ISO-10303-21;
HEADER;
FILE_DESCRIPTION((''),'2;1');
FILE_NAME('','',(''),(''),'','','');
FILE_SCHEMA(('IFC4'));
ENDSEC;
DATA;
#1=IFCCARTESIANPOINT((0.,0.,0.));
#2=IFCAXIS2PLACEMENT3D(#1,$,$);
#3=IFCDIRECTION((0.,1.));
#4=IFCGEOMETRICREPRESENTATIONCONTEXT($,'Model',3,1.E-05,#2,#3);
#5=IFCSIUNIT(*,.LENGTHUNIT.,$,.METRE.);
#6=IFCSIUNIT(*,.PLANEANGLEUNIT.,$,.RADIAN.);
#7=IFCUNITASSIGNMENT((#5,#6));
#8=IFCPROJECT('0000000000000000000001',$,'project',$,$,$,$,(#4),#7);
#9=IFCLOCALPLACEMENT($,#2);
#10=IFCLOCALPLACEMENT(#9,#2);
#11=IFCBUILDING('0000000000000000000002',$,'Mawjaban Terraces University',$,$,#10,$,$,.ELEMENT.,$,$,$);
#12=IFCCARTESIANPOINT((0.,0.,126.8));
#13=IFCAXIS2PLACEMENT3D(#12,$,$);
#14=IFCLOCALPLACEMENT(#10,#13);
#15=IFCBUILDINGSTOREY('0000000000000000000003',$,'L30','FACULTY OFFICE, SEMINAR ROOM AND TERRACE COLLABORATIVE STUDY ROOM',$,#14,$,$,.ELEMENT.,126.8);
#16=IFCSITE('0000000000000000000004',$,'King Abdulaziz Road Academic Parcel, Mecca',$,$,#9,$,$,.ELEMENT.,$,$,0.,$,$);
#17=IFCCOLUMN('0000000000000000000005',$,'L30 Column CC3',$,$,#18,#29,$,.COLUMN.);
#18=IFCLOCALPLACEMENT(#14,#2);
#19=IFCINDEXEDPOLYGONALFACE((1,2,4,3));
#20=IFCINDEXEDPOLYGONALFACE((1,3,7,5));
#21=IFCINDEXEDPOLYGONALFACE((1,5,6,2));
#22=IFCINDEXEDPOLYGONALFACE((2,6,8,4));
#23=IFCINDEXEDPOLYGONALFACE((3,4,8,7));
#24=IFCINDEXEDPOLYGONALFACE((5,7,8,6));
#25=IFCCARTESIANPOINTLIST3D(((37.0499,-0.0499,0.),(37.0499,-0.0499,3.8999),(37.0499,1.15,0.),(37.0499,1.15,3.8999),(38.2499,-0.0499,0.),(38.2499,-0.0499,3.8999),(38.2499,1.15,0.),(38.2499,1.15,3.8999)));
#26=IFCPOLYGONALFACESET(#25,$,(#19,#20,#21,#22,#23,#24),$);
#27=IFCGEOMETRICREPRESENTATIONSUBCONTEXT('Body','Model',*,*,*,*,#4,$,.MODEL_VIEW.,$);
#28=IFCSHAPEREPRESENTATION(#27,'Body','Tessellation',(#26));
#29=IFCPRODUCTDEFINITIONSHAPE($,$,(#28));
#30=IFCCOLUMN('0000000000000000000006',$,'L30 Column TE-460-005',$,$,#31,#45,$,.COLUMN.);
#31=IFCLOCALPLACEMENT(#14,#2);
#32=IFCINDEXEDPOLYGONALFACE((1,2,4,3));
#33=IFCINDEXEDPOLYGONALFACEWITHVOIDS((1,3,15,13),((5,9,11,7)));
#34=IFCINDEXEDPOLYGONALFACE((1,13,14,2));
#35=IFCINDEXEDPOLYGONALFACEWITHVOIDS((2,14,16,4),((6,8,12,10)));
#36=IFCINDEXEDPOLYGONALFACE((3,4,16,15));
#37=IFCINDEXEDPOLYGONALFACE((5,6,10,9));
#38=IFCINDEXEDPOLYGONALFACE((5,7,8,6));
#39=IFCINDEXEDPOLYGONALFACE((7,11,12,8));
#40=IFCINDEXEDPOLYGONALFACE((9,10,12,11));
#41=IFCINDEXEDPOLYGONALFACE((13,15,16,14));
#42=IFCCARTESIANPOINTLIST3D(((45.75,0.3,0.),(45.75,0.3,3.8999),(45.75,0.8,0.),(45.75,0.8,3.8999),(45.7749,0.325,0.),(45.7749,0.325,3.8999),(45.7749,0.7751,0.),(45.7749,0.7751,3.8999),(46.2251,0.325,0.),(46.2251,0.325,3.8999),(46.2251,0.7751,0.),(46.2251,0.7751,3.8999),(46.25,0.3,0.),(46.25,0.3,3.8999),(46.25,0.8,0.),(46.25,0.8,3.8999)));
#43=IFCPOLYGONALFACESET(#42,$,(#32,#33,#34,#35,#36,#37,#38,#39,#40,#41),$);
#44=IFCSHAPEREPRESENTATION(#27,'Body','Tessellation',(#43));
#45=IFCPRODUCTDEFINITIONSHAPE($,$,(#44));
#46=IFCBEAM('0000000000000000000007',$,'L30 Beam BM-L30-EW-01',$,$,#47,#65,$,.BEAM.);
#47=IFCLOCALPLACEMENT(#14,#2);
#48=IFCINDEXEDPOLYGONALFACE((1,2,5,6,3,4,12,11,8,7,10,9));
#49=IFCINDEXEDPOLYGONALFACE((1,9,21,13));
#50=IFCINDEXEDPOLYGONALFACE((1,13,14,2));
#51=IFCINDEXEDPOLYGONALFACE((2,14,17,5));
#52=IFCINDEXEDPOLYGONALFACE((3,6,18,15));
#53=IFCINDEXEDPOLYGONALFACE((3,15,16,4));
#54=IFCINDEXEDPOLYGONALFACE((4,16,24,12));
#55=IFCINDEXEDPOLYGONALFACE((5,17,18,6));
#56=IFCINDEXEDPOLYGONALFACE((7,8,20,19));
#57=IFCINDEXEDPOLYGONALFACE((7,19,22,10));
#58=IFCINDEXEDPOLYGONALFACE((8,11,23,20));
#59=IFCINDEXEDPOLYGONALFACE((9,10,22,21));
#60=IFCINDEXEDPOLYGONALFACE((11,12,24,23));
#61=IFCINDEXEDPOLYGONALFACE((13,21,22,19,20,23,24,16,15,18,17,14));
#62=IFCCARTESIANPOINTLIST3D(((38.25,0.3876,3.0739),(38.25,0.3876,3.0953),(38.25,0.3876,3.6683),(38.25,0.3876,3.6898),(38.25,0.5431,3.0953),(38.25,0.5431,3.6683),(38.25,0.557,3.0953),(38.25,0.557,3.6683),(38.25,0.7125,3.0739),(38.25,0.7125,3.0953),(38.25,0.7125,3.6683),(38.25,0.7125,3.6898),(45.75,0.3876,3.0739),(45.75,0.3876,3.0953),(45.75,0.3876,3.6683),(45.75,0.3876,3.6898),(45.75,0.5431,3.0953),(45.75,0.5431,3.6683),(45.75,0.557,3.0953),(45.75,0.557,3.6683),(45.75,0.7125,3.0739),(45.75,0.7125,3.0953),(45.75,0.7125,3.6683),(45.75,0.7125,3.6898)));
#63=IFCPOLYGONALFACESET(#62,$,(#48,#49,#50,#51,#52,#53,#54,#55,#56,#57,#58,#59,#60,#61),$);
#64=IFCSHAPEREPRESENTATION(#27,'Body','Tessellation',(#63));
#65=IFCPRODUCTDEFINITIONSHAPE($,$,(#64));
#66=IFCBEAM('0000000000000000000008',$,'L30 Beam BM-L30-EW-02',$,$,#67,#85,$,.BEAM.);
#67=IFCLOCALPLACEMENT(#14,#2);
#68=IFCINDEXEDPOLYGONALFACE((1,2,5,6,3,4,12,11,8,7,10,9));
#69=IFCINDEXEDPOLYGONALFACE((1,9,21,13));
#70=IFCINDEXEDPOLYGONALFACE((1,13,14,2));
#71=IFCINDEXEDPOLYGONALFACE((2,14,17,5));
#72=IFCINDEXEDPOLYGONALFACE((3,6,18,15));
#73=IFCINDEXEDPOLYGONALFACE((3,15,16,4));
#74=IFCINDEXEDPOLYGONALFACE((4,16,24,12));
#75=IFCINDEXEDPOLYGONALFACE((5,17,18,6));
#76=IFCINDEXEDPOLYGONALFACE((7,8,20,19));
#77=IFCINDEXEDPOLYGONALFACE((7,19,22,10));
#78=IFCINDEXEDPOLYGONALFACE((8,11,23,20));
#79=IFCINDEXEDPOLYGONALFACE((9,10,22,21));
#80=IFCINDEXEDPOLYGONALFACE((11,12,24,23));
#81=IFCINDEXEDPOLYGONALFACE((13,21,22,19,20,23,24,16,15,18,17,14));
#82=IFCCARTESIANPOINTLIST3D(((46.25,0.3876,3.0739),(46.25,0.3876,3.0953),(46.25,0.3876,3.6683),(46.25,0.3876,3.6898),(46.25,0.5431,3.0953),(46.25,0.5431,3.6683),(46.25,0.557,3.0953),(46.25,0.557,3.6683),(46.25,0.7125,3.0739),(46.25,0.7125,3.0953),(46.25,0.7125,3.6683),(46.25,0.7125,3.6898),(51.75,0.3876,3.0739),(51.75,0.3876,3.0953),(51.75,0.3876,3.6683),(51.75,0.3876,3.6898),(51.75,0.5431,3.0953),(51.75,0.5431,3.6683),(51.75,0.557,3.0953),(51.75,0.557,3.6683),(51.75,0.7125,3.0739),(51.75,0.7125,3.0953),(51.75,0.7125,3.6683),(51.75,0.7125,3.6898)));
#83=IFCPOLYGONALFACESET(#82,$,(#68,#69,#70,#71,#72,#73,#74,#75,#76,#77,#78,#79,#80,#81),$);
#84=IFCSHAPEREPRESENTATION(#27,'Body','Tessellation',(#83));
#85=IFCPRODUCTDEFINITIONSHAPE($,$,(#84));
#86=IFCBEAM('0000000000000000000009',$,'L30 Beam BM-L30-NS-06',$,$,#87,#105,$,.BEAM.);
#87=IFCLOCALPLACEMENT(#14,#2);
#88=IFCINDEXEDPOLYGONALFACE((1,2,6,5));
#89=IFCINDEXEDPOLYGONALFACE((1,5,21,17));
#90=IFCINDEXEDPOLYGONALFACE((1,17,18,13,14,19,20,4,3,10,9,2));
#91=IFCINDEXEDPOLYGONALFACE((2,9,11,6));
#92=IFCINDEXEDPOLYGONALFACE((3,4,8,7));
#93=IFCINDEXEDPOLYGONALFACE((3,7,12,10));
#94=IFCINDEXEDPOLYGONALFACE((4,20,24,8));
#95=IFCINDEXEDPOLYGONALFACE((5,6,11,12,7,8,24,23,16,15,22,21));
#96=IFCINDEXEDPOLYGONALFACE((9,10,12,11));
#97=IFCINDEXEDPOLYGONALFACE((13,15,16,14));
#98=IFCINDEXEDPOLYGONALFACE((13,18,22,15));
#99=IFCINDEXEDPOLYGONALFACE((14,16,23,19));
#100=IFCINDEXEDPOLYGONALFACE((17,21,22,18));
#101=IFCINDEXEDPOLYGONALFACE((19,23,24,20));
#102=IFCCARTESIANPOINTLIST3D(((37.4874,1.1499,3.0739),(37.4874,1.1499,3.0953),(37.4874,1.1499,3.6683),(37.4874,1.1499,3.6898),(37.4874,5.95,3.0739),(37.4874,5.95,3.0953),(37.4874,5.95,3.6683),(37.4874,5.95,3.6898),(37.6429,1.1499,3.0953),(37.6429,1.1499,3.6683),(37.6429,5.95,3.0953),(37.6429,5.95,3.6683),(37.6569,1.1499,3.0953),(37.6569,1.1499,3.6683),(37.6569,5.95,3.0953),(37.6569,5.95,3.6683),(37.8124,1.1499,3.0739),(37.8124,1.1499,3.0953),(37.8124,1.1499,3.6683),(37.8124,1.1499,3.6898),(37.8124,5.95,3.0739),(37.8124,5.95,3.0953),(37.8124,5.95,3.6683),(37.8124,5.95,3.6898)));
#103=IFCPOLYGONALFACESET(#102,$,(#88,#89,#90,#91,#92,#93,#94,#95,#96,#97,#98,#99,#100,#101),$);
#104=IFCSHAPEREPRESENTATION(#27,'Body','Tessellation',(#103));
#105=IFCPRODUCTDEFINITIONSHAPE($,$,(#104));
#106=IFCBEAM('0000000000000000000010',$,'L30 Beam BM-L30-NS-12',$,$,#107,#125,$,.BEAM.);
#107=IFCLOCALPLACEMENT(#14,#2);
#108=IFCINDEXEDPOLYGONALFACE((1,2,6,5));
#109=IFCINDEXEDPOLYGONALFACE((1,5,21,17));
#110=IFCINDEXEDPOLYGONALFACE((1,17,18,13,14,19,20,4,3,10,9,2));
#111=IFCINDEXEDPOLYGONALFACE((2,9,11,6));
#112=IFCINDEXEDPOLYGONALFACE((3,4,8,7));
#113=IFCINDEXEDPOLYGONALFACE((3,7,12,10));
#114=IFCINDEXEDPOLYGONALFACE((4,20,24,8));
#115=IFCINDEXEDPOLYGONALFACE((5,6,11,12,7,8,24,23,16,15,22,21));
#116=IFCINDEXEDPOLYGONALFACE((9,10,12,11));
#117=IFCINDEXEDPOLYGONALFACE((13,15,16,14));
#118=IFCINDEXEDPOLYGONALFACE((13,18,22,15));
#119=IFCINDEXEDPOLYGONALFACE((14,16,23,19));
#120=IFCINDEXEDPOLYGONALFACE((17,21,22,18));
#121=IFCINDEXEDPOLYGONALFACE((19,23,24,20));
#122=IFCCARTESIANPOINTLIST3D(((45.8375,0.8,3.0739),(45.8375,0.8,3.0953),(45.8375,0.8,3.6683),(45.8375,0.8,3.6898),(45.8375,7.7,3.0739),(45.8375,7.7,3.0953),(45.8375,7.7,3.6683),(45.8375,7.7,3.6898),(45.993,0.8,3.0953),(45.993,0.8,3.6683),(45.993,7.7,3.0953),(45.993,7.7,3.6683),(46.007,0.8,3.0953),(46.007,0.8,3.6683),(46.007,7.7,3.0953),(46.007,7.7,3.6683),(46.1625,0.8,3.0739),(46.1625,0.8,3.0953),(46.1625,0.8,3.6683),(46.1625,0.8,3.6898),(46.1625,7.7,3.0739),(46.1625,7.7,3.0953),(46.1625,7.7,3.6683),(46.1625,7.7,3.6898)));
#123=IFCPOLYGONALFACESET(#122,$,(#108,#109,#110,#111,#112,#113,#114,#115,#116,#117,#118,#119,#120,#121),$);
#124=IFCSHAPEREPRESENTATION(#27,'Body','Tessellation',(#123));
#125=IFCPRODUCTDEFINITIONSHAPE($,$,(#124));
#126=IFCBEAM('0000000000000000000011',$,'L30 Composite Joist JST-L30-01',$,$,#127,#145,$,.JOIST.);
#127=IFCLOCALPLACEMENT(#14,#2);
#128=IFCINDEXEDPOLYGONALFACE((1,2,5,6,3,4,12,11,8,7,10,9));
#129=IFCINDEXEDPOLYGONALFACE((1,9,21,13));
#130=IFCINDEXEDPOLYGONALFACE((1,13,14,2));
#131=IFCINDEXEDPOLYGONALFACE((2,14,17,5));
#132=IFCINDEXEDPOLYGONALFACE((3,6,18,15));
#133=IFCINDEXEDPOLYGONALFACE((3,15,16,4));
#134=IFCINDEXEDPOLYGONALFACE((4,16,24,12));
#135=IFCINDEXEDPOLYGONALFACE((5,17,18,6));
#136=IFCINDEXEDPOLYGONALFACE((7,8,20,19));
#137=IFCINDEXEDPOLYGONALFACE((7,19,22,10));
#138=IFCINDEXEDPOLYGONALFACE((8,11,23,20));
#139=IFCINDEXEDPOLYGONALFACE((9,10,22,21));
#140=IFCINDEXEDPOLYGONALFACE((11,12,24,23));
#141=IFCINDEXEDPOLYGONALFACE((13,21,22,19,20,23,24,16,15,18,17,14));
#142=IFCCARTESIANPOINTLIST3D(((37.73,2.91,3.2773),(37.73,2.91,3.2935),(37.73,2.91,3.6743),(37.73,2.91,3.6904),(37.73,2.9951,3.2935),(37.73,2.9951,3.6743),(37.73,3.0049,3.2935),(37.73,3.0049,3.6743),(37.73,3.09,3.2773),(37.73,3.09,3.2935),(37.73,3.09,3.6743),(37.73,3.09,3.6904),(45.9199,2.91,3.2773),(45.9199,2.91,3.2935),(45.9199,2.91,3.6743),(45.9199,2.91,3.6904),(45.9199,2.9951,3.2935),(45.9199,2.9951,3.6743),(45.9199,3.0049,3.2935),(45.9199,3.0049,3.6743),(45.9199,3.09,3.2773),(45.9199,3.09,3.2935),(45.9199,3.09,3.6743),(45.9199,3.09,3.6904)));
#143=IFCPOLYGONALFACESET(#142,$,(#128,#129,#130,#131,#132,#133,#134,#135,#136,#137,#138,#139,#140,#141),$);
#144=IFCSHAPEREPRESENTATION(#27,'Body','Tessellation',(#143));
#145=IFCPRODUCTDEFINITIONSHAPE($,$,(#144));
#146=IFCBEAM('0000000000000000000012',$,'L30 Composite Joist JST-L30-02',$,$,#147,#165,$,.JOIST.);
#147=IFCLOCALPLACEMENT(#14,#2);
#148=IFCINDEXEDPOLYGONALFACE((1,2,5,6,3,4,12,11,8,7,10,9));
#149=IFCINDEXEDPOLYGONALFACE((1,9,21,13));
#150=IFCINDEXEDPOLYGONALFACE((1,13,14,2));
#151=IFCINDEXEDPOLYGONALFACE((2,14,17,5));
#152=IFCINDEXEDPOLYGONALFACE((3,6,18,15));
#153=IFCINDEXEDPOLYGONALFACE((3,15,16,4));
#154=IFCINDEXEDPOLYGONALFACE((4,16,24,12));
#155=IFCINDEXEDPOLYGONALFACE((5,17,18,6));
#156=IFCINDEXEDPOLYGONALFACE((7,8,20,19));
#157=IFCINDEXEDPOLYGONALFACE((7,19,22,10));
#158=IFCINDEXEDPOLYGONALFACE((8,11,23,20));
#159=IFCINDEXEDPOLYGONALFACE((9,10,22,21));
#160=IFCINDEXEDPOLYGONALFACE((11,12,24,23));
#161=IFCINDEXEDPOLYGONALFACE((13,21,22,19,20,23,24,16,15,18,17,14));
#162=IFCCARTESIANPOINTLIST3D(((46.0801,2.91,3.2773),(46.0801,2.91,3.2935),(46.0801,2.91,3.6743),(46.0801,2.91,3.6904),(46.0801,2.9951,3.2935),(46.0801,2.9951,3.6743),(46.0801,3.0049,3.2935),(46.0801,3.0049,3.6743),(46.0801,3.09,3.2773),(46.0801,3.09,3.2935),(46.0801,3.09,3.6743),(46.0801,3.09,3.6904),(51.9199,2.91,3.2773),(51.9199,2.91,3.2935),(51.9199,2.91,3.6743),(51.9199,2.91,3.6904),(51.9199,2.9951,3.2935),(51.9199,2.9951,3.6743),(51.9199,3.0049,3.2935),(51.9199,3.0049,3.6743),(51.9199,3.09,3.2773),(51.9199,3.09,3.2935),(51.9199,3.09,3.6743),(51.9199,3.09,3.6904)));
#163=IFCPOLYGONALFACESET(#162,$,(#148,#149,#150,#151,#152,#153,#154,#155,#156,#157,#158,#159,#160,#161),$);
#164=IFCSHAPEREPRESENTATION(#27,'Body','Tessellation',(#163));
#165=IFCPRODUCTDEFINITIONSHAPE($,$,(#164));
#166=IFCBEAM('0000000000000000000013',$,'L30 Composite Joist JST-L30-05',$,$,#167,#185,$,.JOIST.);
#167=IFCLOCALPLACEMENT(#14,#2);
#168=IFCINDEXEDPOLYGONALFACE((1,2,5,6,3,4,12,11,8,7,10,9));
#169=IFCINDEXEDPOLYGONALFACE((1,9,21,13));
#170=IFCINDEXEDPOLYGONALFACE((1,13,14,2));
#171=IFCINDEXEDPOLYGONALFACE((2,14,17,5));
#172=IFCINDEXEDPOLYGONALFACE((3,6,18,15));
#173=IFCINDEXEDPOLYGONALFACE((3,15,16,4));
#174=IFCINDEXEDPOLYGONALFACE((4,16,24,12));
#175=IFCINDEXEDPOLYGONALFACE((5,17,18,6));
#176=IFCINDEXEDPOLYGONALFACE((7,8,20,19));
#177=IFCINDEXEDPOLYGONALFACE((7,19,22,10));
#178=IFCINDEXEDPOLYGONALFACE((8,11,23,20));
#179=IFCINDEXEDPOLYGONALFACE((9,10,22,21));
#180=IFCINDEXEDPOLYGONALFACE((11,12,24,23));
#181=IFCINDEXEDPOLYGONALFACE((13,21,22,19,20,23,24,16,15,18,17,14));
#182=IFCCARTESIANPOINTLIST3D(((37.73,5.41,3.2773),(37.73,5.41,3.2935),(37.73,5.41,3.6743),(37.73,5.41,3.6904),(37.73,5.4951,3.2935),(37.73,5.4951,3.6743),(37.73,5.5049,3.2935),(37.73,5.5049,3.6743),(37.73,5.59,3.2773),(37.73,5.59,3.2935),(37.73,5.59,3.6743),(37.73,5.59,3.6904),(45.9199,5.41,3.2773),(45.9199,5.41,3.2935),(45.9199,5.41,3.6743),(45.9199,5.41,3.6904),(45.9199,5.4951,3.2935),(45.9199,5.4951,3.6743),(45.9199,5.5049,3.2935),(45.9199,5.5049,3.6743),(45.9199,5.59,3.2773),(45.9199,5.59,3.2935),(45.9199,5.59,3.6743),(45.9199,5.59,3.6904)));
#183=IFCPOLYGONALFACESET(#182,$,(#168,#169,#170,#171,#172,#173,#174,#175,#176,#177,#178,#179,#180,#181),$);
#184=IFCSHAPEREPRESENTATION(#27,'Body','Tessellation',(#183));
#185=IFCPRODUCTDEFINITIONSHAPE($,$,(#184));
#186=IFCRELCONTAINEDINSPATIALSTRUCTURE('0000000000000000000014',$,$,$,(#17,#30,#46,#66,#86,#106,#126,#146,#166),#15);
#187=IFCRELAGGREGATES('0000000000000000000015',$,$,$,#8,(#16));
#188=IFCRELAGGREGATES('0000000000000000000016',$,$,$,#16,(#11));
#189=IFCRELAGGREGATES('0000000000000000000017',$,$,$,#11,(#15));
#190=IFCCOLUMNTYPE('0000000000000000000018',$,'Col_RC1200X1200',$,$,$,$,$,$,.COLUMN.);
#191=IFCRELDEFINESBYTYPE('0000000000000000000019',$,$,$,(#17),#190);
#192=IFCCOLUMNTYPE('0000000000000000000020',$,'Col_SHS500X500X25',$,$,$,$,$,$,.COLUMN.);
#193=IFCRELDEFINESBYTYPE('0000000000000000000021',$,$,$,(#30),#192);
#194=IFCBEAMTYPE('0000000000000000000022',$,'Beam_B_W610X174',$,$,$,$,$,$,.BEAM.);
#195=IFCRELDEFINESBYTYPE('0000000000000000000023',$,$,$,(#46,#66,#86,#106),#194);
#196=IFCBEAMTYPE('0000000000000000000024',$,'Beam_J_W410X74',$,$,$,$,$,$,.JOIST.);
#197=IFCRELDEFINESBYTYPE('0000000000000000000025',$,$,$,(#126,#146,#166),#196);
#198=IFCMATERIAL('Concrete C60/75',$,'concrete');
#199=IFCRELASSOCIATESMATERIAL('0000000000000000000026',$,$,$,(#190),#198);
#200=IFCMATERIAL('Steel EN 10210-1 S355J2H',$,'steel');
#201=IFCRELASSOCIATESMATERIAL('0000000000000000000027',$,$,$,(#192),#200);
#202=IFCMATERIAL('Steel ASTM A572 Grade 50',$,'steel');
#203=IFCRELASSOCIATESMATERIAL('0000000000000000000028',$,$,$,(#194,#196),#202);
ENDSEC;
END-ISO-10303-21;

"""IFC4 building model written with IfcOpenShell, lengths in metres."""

from ifc_helpers import new_model, si_unit, direction, frame, origin, origin_2d, place, context, subcontext, project, spatial, rectangle, hollow_rectangle, i_section, extrude, material, material_profile, profile_set, type_object, element, save


model = new_model("IFC4")

# Units and contexts
model_context = context("Model", 3, precision=1e-05, world=origin(), true_north=direction((0.0, 1.0)))
body_context = subcontext(model_context, "Body", "Model", "MODEL_VIEW")
ifc_project = project(units=[si_unit("LENGTHUNIT", "METRE"), si_unit("PLANEANGLEUNIT", "RADIAN")], contexts=[model_context])

# Site, building, storey
site_placement = place(None, origin())
site = spatial("IfcSite", under=ifc_project, at=site_placement, Name="King Abdulaziz Road Academic Parcel, Mecca", CompositionType="ELEMENT", RefElevation=0.0)
building_placement = place(site_placement, origin())
building = spatial("IfcBuilding", under=site, at=building_placement, Name="Mawjaban Terraces University", CompositionType="ELEMENT")
storey_placement = place(building_placement, frame((0.0, 0.0, 126.8)))
storey = spatial("IfcBuildingStorey", under=building, at=storey_placement, Name="L30", Description="FACULTY OFFICE, SEMINAR ROOM AND TERRACE COLLABORATIVE STUDY ROOM", CompositionType="ELEMENT", Elevation=126.8)

# Columns
ifc_material_1 = material(Name="Concrete C60/75", Category="concrete")
ifc_material_profile_1 = material_profile(ifc_material_1, rectangle(XDim=1.2, YDim=1.2, at=origin_2d()), Name="RC1200X1200")
ifc_profile_set_1 = profile_set([ifc_material_profile_1], Name="Concrete C60/75")
column_type_1 = type_object("IfcColumnType", Name="Col_RC1200X1200", PredefinedType="COLUMN", material=ifc_profile_set_1)
column_1_placement = place(storey_placement, frame((37.6499, 0.55, 0.0), z_axis=(0.0, 0.0, 1.0), x_axis=(1.0, 0.0, 0.0)))
element("IfcColumn", 1, at=column_1_placement, inside=storey, type_object=column_type_1, Name="L30 Column CC3", PredefinedType="COLUMN", context=body_context, shape_type="SweptSolid", body=[
    extrude(rectangle(XDim=1.2, YDim=1.2, at=origin_2d()), origin(), (0.0, 0.0, 1.0), 3.8999),
])
ifc_material_2 = material(Name="Steel EN 10210-1 S355J2H", Category="steel")
ifc_material_profile_2 = material_profile(ifc_material_2, hollow_rectangle(XDim=0.5, YDim=0.5, WallThickness=0.0249, at=origin_2d()), Name="SHS500X500X25")
ifc_profile_set_2 = profile_set([ifc_material_profile_2], Name="Steel EN 10210-1 S355J2H")
column_type_2 = type_object("IfcColumnType", Name="Col_SHS500X500X25", PredefinedType="COLUMN", material=ifc_profile_set_2)
column_2_placement = place(storey_placement, frame((46.0, 0.55, 0.0), z_axis=(0.0, 0.0, 1.0), x_axis=(1.0, 0.0, 0.0)))
element("IfcColumn", 2, at=column_2_placement, inside=storey, type_object=column_type_2, Name="L30 Column TE-460-005", PredefinedType="COLUMN", context=body_context, shape_type="SweptSolid", body=[
    extrude(hollow_rectangle(XDim=0.5, YDim=0.5, WallThickness=0.0249, at=origin_2d()), origin(), (0.0, 0.0, 1.0), 3.8999),
])

# Beams
ifc_material_3 = material(Name="Steel ASTM A572 Grade 50", Category="steel")
ifc_material_profile_3 = material_profile(ifc_material_3, i_section(OverallWidth=0.325, OverallDepth=0.616, WebThickness=0.0139, FlangeThickness=0.0215, at=origin_2d()), Name="W610X174")
ifc_profile_set_3 = profile_set([ifc_material_profile_3], Name="Steel ASTM A572 Grade 50")
beam_type_1 = type_object("IfcBeamType", Name="Beam_B_W610X174", PredefinedType="BEAM", material=ifc_profile_set_3)
beam_1_placement = place(storey_placement, frame((38.25, 0.55, 3.3818), z_axis=(1.0, 0.0, 0.0), x_axis=(0.0, 1.0, 0.0)))
element("IfcBeam", 3, at=beam_1_placement, inside=storey, type_object=beam_type_1, Name="L30 Beam BM-L30-EW-01", PredefinedType="BEAM", context=body_context, shape_type="SweptSolid", body=[
    extrude(i_section(OverallWidth=0.325, OverallDepth=0.616, WebThickness=0.0139, FlangeThickness=0.0215, at=origin_2d()), origin(), (0.0, 0.0, 1.0), 7.5),
])
beam_2_placement = place(storey_placement, frame((46.25, 0.55, 3.3818), z_axis=(1.0, 0.0, 0.0), x_axis=(0.0, 1.0, 0.0)))
element("IfcBeam", 4, at=beam_2_placement, inside=storey, type_object=beam_type_1, Name="L30 Beam BM-L30-EW-02", PredefinedType="BEAM", context=body_context, shape_type="SweptSolid", body=[
    extrude(i_section(OverallWidth=0.325, OverallDepth=0.616, WebThickness=0.0139, FlangeThickness=0.0215, at=origin_2d()), origin(), (0.0, 0.0, 1.0), 5.5),
])
beam_3_placement = place(storey_placement, frame((37.6499, 1.1499, 3.3818), z_axis=(0.0, 1.0, 0.0), x_axis=(-1.0, 0.0, 0.0)))
element("IfcBeam", 5, at=beam_3_placement, inside=storey, type_object=beam_type_1, Name="L30 Beam BM-L30-NS-06", PredefinedType="BEAM", context=body_context, shape_type="SweptSolid", body=[
    extrude(i_section(OverallWidth=0.325, OverallDepth=0.616, WebThickness=0.0139, FlangeThickness=0.0215, at=origin_2d()), origin(), (0.0, 0.0, 1.0), 4.8),
])
beam_4_placement = place(storey_placement, frame((46.0, 0.8, 3.3818), z_axis=(0.0, 1.0, 0.0), x_axis=(-1.0, 0.0, 0.0)))
element("IfcBeam", 6, at=beam_4_placement, inside=storey, type_object=beam_type_1, Name="L30 Beam BM-L30-NS-12", PredefinedType="BEAM", context=body_context, shape_type="SweptSolid", body=[
    extrude(i_section(OverallWidth=0.325, OverallDepth=0.616, WebThickness=0.0139, FlangeThickness=0.0215, at=origin_2d()), origin(), (0.0, 0.0, 1.0), 6.8999),
])
ifc_material_profile_4 = material_profile(ifc_material_3, i_section(OverallWidth=0.1799, OverallDepth=0.4131, WebThickness=0.0098, FlangeThickness=0.0161, at=origin_2d()), Name="W410X74")
ifc_profile_set_4 = profile_set([ifc_material_profile_4], Name="Steel ASTM A572 Grade 50")
beam_type_2 = type_object("IfcBeamType", Name="Beam_J_W410X74", PredefinedType="JOIST", material=ifc_profile_set_4)
beam_5_placement = place(storey_placement, frame((37.73, 3.0, 3.4839), z_axis=(1.0, 0.0, 0.0), x_axis=(0.0, 1.0, 0.0)))
element("IfcBeam", 7, at=beam_5_placement, inside=storey, type_object=beam_type_2, Name="L30 Composite Joist JST-L30-01", PredefinedType="JOIST", context=body_context, shape_type="SweptSolid", body=[
    extrude(i_section(OverallWidth=0.1799, OverallDepth=0.4131, WebThickness=0.0098, FlangeThickness=0.0161, at=origin_2d()), origin(), (0.0, 0.0, 1.0), 8.1899),
])
beam_6_placement = place(storey_placement, frame((46.0801, 3.0, 3.4839), z_axis=(1.0, 0.0, 0.0), x_axis=(0.0, 1.0, 0.0)))
element("IfcBeam", 8, at=beam_6_placement, inside=storey, type_object=beam_type_2, Name="L30 Composite Joist JST-L30-02", PredefinedType="JOIST", context=body_context, shape_type="SweptSolid", body=[
    extrude(i_section(OverallWidth=0.1799, OverallDepth=0.4131, WebThickness=0.0098, FlangeThickness=0.0161, at=origin_2d()), origin(), (0.0, 0.0, 1.0), 5.8398),
])
beam_7_placement = place(storey_placement, frame((37.73, 5.5, 3.4839), z_axis=(1.0, 0.0, 0.0), x_axis=(0.0, 1.0, 0.0)))
element("IfcBeam", 9, at=beam_7_placement, inside=storey, type_object=beam_type_2, Name="L30 Composite Joist JST-L30-05", PredefinedType="JOIST", context=body_context, shape_type="SweptSolid", body=[
    extrude(i_section(OverallWidth=0.1799, OverallDepth=0.4131, WebThickness=0.0098, FlangeThickness=0.0161, at=origin_2d()), origin(), (0.0, 0.0, 1.0), 8.1899),
])

save(model, "model.ifc")
